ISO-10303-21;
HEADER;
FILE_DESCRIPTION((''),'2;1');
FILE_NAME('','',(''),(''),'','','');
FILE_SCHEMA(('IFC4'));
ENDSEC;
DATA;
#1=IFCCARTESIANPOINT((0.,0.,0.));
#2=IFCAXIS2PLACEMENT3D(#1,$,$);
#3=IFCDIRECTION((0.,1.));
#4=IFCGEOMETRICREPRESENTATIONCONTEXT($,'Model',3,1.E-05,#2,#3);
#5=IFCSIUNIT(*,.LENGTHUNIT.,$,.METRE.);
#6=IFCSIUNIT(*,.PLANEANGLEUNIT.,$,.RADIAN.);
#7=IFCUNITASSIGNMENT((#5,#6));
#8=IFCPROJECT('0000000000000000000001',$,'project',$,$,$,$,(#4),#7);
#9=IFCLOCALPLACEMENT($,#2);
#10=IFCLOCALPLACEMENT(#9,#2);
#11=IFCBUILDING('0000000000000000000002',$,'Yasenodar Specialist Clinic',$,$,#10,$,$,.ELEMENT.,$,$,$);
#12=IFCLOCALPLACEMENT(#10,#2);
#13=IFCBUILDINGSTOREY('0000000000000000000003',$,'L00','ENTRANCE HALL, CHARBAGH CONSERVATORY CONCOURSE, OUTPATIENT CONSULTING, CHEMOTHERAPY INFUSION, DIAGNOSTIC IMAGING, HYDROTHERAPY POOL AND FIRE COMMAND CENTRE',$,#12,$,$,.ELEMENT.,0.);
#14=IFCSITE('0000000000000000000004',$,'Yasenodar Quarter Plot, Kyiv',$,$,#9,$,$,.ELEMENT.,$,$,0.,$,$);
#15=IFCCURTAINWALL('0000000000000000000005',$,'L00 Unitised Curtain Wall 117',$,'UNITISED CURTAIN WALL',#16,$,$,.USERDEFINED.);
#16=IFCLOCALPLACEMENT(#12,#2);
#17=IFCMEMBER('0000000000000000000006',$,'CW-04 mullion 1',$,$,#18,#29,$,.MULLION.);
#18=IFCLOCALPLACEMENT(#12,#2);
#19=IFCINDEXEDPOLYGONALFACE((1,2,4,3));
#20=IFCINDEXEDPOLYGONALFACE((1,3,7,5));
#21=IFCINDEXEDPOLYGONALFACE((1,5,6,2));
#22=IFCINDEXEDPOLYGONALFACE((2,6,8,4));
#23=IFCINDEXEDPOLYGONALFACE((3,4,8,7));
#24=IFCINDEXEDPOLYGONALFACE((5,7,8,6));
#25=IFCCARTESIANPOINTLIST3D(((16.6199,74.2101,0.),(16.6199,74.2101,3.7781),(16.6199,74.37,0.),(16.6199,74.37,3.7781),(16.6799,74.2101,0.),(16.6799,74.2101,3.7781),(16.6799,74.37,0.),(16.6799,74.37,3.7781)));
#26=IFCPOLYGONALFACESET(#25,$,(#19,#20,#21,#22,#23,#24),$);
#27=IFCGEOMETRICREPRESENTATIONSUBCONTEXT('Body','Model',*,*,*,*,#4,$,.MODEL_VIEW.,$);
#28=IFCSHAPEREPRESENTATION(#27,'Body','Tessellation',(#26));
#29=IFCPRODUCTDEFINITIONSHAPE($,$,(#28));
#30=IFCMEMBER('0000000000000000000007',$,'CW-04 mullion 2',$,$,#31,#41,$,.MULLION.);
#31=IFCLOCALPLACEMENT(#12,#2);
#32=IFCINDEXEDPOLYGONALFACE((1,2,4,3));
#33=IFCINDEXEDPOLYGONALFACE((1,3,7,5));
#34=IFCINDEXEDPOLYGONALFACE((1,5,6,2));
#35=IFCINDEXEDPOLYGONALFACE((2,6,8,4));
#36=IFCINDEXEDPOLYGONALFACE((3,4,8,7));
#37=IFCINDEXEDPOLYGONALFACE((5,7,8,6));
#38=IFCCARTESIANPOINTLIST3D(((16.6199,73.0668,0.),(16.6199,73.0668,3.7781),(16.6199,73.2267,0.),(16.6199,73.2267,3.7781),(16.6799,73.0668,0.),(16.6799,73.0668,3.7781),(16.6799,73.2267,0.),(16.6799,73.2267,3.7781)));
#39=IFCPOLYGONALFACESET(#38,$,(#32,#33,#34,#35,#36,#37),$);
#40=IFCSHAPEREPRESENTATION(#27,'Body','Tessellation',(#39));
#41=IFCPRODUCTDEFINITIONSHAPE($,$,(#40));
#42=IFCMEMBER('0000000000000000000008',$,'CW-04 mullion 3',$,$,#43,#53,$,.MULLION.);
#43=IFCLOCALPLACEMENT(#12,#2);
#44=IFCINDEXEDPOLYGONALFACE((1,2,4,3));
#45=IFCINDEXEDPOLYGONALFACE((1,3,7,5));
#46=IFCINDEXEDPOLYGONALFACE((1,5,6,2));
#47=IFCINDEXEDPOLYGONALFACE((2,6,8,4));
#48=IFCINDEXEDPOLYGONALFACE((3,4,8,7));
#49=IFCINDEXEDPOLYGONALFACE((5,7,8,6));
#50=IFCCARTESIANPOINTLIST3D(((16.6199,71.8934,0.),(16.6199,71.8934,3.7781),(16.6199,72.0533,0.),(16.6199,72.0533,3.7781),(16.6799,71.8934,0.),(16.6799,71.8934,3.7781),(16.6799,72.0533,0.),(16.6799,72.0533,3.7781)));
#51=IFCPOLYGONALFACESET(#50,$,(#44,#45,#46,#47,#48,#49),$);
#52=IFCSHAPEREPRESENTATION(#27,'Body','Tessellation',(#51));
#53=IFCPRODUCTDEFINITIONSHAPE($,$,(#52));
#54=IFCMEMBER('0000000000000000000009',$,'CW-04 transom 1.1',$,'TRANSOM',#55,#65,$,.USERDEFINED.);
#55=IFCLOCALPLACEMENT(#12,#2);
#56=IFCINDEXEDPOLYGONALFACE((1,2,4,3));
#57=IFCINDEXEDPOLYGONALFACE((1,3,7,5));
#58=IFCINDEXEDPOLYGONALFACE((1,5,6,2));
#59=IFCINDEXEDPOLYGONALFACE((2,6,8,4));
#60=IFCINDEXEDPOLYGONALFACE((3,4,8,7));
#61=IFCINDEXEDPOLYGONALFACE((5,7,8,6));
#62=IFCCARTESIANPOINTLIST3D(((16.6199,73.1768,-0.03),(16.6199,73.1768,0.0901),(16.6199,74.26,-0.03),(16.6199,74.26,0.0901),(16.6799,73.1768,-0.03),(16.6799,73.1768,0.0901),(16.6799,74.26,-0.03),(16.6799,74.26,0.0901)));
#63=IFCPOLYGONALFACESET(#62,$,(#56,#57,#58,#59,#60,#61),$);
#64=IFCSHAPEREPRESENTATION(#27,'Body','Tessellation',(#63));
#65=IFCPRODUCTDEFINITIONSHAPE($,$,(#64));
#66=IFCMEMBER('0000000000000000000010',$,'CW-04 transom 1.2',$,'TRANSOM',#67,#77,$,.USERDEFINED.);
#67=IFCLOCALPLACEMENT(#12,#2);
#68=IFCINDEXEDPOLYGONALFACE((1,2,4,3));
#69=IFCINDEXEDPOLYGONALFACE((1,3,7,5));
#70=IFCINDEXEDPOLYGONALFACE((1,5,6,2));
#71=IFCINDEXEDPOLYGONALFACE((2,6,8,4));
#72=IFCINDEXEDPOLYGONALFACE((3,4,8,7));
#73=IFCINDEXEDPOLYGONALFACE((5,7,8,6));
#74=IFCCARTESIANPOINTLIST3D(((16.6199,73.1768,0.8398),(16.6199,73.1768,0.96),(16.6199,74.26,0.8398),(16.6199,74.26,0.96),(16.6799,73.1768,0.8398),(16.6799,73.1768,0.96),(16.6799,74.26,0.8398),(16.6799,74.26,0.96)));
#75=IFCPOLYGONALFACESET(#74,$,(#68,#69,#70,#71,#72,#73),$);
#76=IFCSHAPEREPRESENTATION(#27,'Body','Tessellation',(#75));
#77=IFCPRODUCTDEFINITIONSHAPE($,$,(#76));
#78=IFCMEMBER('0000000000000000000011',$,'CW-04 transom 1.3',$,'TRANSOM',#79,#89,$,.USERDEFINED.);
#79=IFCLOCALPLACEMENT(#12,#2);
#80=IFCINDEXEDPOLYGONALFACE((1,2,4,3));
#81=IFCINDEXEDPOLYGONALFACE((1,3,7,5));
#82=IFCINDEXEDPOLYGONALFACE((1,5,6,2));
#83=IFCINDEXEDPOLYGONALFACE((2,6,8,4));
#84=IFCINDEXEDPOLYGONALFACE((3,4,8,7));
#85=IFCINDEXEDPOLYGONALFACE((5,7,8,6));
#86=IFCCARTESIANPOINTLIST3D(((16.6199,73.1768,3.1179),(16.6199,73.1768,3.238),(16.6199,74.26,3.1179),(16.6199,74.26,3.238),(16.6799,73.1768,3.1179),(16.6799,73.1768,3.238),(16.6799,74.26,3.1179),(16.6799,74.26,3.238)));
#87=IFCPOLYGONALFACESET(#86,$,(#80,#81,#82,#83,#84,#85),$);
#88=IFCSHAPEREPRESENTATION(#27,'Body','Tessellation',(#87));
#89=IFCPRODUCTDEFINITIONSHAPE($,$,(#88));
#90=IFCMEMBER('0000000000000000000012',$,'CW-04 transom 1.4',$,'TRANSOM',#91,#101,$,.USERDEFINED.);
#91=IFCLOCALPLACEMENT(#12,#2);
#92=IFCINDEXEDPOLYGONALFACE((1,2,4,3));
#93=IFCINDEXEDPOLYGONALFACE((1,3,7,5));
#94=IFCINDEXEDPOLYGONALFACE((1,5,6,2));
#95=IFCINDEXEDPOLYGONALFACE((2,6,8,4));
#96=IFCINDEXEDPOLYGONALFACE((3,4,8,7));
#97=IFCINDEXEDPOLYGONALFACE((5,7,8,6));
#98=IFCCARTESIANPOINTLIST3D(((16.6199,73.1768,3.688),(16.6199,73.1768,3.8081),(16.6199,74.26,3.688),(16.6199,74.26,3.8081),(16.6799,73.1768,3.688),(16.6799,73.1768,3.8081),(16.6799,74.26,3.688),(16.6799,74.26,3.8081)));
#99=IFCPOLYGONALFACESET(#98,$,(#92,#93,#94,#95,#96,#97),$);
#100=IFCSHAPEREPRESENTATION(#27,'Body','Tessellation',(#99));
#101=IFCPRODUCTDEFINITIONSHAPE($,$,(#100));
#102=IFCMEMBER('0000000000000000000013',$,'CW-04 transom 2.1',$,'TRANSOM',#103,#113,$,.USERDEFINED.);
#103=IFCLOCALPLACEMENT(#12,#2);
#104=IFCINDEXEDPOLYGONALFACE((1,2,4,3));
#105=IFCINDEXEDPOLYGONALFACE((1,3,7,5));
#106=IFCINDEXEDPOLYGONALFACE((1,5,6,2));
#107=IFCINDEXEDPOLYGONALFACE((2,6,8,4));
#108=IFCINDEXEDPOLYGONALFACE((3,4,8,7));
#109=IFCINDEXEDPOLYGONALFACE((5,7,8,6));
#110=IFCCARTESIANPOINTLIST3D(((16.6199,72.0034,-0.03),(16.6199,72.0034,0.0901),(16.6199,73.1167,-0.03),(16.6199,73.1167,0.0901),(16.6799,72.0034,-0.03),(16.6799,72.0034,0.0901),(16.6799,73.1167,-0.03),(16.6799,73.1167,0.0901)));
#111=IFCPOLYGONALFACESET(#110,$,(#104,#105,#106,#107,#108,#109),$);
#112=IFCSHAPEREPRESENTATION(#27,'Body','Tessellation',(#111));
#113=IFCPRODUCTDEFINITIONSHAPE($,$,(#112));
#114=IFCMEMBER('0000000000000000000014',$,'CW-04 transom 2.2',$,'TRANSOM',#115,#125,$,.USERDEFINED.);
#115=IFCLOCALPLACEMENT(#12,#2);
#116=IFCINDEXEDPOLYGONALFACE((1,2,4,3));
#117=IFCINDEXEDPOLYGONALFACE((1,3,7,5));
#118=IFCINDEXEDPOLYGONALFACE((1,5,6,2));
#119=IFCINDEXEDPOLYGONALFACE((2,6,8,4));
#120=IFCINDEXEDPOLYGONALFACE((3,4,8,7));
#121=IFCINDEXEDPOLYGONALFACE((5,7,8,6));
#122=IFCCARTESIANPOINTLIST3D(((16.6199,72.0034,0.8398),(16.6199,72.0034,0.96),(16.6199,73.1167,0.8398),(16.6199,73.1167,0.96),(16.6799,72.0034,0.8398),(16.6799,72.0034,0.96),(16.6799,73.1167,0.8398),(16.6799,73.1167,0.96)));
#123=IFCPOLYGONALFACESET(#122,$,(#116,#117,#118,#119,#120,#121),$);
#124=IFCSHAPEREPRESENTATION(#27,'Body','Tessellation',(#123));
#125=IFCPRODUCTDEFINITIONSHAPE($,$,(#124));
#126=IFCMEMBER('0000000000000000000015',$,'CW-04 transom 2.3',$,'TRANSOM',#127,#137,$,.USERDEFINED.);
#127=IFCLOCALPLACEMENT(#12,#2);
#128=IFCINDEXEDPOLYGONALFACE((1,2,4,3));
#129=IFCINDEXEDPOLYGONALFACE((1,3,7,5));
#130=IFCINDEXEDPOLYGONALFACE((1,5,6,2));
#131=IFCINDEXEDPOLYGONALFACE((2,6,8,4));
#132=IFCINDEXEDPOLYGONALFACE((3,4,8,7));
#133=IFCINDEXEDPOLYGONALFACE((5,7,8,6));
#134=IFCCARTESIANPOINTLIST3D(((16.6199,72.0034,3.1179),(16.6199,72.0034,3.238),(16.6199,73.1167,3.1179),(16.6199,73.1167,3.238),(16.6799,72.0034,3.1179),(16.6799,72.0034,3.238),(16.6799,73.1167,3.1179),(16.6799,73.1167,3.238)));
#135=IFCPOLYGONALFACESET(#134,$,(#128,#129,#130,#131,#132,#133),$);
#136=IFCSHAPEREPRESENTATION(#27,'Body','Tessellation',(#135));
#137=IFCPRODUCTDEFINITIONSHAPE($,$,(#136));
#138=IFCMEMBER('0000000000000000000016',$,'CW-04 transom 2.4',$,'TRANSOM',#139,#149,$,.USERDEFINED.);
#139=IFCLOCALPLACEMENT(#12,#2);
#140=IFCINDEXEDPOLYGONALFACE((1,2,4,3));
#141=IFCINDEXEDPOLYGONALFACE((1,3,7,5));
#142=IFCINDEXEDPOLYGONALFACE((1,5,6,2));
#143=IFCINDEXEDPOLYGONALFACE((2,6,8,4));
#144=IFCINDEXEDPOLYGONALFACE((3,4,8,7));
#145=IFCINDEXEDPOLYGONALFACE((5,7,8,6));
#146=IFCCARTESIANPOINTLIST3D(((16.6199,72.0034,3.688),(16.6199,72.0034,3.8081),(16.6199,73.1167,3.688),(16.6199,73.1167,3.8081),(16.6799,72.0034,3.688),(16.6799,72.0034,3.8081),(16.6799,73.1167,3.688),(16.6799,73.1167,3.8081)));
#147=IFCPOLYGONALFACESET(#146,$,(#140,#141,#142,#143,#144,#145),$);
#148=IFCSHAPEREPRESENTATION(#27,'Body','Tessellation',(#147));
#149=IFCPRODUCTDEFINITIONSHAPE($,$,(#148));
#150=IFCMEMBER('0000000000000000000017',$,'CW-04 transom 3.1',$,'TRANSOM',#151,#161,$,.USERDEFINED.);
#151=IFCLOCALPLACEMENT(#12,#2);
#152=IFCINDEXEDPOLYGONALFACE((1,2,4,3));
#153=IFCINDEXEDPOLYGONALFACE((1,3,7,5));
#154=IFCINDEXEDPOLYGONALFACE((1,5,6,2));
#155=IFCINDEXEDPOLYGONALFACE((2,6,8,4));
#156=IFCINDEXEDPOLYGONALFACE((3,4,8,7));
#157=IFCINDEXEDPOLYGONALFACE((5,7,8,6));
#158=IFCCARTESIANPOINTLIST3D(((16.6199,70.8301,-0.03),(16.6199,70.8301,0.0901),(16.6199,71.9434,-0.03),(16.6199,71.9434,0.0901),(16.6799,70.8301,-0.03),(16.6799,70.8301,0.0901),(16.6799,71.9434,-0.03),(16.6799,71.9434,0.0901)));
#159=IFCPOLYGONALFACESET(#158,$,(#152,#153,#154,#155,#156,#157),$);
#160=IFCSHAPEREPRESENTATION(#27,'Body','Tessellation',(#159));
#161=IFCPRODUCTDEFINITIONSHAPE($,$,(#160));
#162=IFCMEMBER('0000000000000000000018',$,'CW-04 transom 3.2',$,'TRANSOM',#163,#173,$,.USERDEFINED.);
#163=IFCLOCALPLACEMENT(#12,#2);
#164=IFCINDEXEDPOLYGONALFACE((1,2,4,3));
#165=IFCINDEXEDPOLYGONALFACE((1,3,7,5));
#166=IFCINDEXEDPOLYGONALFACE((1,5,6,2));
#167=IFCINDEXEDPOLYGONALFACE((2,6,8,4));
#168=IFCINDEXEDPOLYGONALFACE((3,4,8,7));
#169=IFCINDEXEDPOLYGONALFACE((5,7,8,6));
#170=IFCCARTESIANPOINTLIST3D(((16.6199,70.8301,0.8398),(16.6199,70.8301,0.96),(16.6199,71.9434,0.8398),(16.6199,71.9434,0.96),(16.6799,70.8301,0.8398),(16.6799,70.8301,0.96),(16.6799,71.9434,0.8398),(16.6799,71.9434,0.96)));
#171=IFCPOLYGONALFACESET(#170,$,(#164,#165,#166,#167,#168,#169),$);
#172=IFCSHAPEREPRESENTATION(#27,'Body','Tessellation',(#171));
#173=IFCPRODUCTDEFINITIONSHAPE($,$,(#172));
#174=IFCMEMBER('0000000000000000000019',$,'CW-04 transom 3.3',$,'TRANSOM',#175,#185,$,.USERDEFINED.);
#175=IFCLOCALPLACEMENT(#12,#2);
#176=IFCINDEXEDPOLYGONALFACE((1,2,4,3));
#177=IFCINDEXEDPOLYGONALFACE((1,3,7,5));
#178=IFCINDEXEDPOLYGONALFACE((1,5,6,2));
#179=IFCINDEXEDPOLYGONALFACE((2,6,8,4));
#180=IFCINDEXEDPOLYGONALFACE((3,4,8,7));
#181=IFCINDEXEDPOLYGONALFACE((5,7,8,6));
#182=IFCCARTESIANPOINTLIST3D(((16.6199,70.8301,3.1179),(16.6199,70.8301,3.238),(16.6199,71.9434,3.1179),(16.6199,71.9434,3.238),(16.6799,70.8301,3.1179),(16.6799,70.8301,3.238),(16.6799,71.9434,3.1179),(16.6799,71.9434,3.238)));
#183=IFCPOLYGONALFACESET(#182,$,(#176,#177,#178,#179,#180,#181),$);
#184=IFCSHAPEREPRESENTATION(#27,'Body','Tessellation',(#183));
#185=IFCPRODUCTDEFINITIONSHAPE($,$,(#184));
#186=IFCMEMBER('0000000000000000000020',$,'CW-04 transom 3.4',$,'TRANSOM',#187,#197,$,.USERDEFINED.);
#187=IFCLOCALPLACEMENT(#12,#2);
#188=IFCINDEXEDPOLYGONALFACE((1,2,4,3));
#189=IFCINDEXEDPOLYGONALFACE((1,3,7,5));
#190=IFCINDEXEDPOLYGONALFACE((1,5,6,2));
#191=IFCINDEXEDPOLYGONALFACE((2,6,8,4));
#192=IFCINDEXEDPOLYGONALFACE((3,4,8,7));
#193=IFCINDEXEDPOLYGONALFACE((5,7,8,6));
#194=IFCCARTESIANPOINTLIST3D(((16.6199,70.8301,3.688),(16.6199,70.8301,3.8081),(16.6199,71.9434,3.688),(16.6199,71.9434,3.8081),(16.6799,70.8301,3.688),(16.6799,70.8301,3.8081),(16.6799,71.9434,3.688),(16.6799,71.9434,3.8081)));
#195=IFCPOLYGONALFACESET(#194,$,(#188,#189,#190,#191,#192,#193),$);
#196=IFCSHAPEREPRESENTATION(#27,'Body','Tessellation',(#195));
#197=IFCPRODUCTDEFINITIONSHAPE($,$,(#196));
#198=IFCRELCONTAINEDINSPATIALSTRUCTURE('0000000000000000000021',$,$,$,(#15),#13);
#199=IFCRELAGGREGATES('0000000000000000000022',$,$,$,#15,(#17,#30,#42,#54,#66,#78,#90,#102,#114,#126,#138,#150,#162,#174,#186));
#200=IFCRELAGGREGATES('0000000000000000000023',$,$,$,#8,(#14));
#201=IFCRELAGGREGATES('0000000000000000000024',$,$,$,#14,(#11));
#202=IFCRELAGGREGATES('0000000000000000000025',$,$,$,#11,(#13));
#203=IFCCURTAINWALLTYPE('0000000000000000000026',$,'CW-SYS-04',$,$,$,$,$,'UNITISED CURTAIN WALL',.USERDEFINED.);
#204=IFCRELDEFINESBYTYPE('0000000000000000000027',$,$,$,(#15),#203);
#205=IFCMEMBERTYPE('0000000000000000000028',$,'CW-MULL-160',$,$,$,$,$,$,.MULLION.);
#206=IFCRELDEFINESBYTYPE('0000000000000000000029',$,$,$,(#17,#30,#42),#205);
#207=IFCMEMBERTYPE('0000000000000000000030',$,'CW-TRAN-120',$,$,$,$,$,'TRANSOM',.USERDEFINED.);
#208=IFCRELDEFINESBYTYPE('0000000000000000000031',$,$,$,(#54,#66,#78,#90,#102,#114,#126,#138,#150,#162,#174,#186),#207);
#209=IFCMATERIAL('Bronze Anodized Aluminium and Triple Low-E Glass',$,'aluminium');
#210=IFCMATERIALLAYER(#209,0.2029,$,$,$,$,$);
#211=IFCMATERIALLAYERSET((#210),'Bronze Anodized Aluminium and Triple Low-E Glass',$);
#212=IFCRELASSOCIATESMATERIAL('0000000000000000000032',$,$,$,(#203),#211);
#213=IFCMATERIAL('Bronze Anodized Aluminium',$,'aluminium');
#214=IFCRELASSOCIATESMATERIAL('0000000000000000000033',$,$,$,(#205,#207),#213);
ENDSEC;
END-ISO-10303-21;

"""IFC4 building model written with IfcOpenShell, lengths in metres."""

from ifc_helpers import new_model, si_unit, direction, frame, origin, origin_2d, place, context, subcontext, project, spatial, rectangle, extrude, material, layer, layer_set, material_profile, profile_set, type_object, element, aggregate, save


model = new_model("IFC4")

# Units and contexts
model_context = context("Model", 3, precision=1e-05, world=origin(), true_north=direction((0.0, 1.0)))
body_context = subcontext(model_context, "Body", "Model", "MODEL_VIEW")
ifc_project = project(units=[si_unit("LENGTHUNIT", "METRE"), si_unit("PLANEANGLEUNIT", "RADIAN")], contexts=[model_context])

# Site, building, storey
site_placement = place(None, origin())
site = spatial("IfcSite", under=ifc_project, at=site_placement, Name="Yasenodar Quarter Plot, Kyiv", CompositionType="ELEMENT", RefElevation=0.0)
building_placement = place(site_placement, origin())
building = spatial("IfcBuilding", under=site, at=building_placement, Name="Yasenodar Specialist Clinic", CompositionType="ELEMENT")
storey_placement = place(building_placement, origin())
storey = spatial("IfcBuildingStorey", under=building, at=storey_placement, Name="L00", Description="ENTRANCE HALL, CHARBAGH CONSERVATORY CONCOURSE, OUTPATIENT CONSULTING, CHEMOTHERAPY INFUSION, DIAGNOSTIC IMAGING, HYDROTHERAPY POOL AND FIRE COMMAND CENTRE", CompositionType="ELEMENT", Elevation=0.0)

# Curtain wall, members
ifc_material_1 = material(Name="Bronze Anodized Aluminium and Triple Low-E Glass", Category="aluminium")
ifc_layer_1 = layer(ifc_material_1, 0.2029)
ifc_layer_set_1 = layer_set([ifc_layer_1], Name="Bronze Anodized Aluminium and Triple Low-E Glass")
curtain_wall_type = type_object("IfcCurtainWallType", Name="CW-SYS-04", ElementType="UNITISED CURTAIN WALL", PredefinedType="USERDEFINED", material=ifc_layer_set_1)
curtain_wall_placement = place(storey_placement, origin())
curtain_wall = element("IfcCurtainWall", 1, at=curtain_wall_placement, inside=storey, type_object=curtain_wall_type, Name="L00 Unitised Curtain Wall 117", ObjectType="UNITISED CURTAIN WALL", PredefinedType="USERDEFINED")
ifc_material_2 = material(Name="Bronze Anodized Aluminium", Category="aluminium")
ifc_material_profile_1 = material_profile(ifc_material_2, rectangle(XDim=0.0601, YDim=0.1599, at=origin_2d()), Name="CW-MULL 60x160")
ifc_profile_set_1 = profile_set([ifc_material_profile_1], Name="Bronze Anodized Aluminium")
member_type_1 = type_object("IfcMemberType", Name="CW-MULL-160", PredefinedType="MULLION", material=ifc_profile_set_1)
member_1_placement = place(storey_placement, frame((16.6499, 74.29, 0.0), z_axis=(0.0, 0.0, 1.0), x_axis=(1.0, 0.0, 0.0)))
member_1 = element("IfcMember", 2, at=member_1_placement, type_object=member_type_1, Name="CW-04 mullion 1", PredefinedType="MULLION", context=body_context, shape_type="SweptSolid", body=[
    extrude(rectangle(XDim=0.0601, YDim=0.1599, at=origin_2d()), origin(), (0.0, 0.0, 1.0), 3.7781),
])
member_2_placement = place(storey_placement, frame((16.6499, 73.1467, 0.0), z_axis=(0.0, 0.0, 1.0), x_axis=(1.0, 0.0, 0.0)))
member_2 = element("IfcMember", 3, at=member_2_placement, type_object=member_type_1, Name="CW-04 mullion 2", PredefinedType="MULLION", context=body_context, shape_type="SweptSolid", body=[
    extrude(rectangle(XDim=0.0601, YDim=0.1599, at=origin_2d()), origin(), (0.0, 0.0, 1.0), 3.7781),
])
member_3_placement = place(storey_placement, frame((16.6499, 71.9734, 0.0), z_axis=(0.0, 0.0, 1.0), x_axis=(1.0, 0.0, 0.0)))
member_3 = element("IfcMember", 4, at=member_3_placement, type_object=member_type_1, Name="CW-04 mullion 3", PredefinedType="MULLION", context=body_context, shape_type="SweptSolid", body=[
    extrude(rectangle(XDim=0.0601, YDim=0.1599, at=origin_2d()), origin(), (0.0, 0.0, 1.0), 3.7781),
])
ifc_material_profile_2 = material_profile(ifc_material_2, rectangle(XDim=0.0601, YDim=0.1201, at=origin_2d()), Name="CW-TRAN 60x120")
ifc_profile_set_2 = profile_set([ifc_material_profile_2], Name="Bronze Anodized Aluminium")
member_type_2 = type_object("IfcMemberType", Name="CW-TRAN-120", ElementType="TRANSOM", PredefinedType="USERDEFINED", material=ifc_profile_set_2)
member_4_placement = place(storey_placement, frame((16.6499, 74.26, 0.03), z_axis=(0.0, -1.0, 0.0), x_axis=(1.0, 0.0, 0.0)))
member_4 = element("IfcMember", 5, at=member_4_placement, type_object=member_type_2, Name="CW-04 transom 1.1", ObjectType="TRANSOM", PredefinedType="USERDEFINED", context=body_context, shape_type="SweptSolid", body=[
    extrude(rectangle(XDim=0.0601, YDim=0.1201, at=origin_2d()), origin(), (0.0, 0.0, 1.0), 1.0833),
])
member_5_placement = place(storey_placement, frame((16.6499, 74.26, 0.8999), z_axis=(0.0, -1.0, 0.0), x_axis=(1.0, 0.0, 0.0)))
member_5 = element("IfcMember", 6, at=member_5_placement, type_object=member_type_2, Name="CW-04 transom 1.2", ObjectType="TRANSOM", PredefinedType="USERDEFINED", context=body_context, shape_type="SweptSolid", body=[
    extrude(rectangle(XDim=0.0601, YDim=0.1201, at=origin_2d()), origin(), (0.0, 0.0, 1.0), 1.0833),
])
member_6_placement = place(storey_placement, frame((16.6499, 74.26, 3.178), z_axis=(0.0, -1.0, 0.0), x_axis=(1.0, 0.0, 0.0)))
member_6 = element("IfcMember", 7, at=member_6_placement, type_object=member_type_2, Name="CW-04 transom 1.3", ObjectType="TRANSOM", PredefinedType="USERDEFINED", context=body_context, shape_type="SweptSolid", body=[
    extrude(rectangle(XDim=0.0601, YDim=0.1201, at=origin_2d()), origin(), (0.0, 0.0, 1.0), 1.0833),
])
member_7_placement = place(storey_placement, frame((16.6499, 74.26, 3.748), z_axis=(0.0, -1.0, 0.0), x_axis=(1.0, 0.0, 0.0)))
member_7 = element("IfcMember", 8, at=member_7_placement, type_object=member_type_2, Name="CW-04 transom 1.4", ObjectType="TRANSOM", PredefinedType="USERDEFINED", context=body_context, shape_type="SweptSolid", body=[
    extrude(rectangle(XDim=0.0601, YDim=0.1201, at=origin_2d()), origin(), (0.0, 0.0, 1.0), 1.0833),
])
member_8_placement = place(storey_placement, frame((16.6499, 73.1167, 0.03), z_axis=(0.0, -1.0, 0.0), x_axis=(1.0, 0.0, 0.0)))
member_8 = element("IfcMember", 9, at=member_8_placement, type_object=member_type_2, Name="CW-04 transom 2.1", ObjectType="TRANSOM", PredefinedType="USERDEFINED", context=body_context, shape_type="SweptSolid", body=[
    extrude(rectangle(XDim=0.0601, YDim=0.1201, at=origin_2d()), origin(), (0.0, 0.0, 1.0), 1.1133),
])
member_9_placement = place(storey_placement, frame((16.6499, 73.1167, 0.8999), z_axis=(0.0, -1.0, 0.0), x_axis=(1.0, 0.0, 0.0)))
member_9 = element("IfcMember", 10, at=member_9_placement, type_object=member_type_2, Name="CW-04 transom 2.2", ObjectType="TRANSOM", PredefinedType="USERDEFINED", context=body_context, shape_type="SweptSolid", body=[
    extrude(rectangle(XDim=0.0601, YDim=0.1201, at=origin_2d()), origin(), (0.0, 0.0, 1.0), 1.1133),
])
member_10_placement = place(storey_placement, frame((16.6499, 73.1167, 3.178), z_axis=(0.0, -1.0, 0.0), x_axis=(1.0, 0.0, 0.0)))
member_10 = element("IfcMember", 11, at=member_10_placement, type_object=member_type_2, Name="CW-04 transom 2.3", ObjectType="TRANSOM", PredefinedType="USERDEFINED", context=body_context, shape_type="SweptSolid", body=[
    extrude(rectangle(XDim=0.0601, YDim=0.1201, at=origin_2d()), origin(), (0.0, 0.0, 1.0), 1.1133),
])
member_11_placement = place(storey_placement, frame((16.6499, 73.1167, 3.748), z_axis=(0.0, -1.0, 0.0), x_axis=(1.0, 0.0, 0.0)))
member_11 = element("IfcMember", 12, at=member_11_placement, type_object=member_type_2, Name="CW-04 transom 2.4", ObjectType="TRANSOM", PredefinedType="USERDEFINED", context=body_context, shape_type="SweptSolid", body=[
    extrude(rectangle(XDim=0.0601, YDim=0.1201, at=origin_2d()), origin(), (0.0, 0.0, 1.0), 1.1133),
])
member_12_placement = place(storey_placement, frame((16.6499, 71.9434, 0.03), z_axis=(0.0, -1.0, 0.0), x_axis=(1.0, 0.0, 0.0)))
member_12 = element("IfcMember", 13, at=member_12_placement, type_object=member_type_2, Name="CW-04 transom 3.1", ObjectType="TRANSOM", PredefinedType="USERDEFINED", context=body_context, shape_type="SweptSolid", body=[
    extrude(rectangle(XDim=0.0601, YDim=0.1201, at=origin_2d()), origin(), (0.0, 0.0, 1.0), 1.1133),
])
member_13_placement = place(storey_placement, frame((16.6499, 71.9434, 0.8999), z_axis=(0.0, -1.0, 0.0), x_axis=(1.0, 0.0, 0.0)))
member_13 = element("IfcMember", 14, at=member_13_placement, type_object=member_type_2, Name="CW-04 transom 3.2", ObjectType="TRANSOM", PredefinedType="USERDEFINED", context=body_context, shape_type="SweptSolid", body=[
    extrude(rectangle(XDim=0.0601, YDim=0.1201, at=origin_2d()), origin(), (0.0, 0.0, 1.0), 1.1133),
])
member_14_placement = place(storey_placement, frame((16.6499, 71.9434, 3.178), z_axis=(0.0, -1.0, 0.0), x_axis=(1.0, 0.0, 0.0)))
member_14 = element("IfcMember", 15, at=member_14_placement, type_object=member_type_2, Name="CW-04 transom 3.3", ObjectType="TRANSOM", PredefinedType="USERDEFINED", context=body_context, shape_type="SweptSolid", body=[
    extrude(rectangle(XDim=0.0601, YDim=0.1201, at=origin_2d()), origin(), (0.0, 0.0, 1.0), 1.1133),
])
member_15_placement = place(storey_placement, frame((16.6499, 71.9434, 3.748), z_axis=(0.0, -1.0, 0.0), x_axis=(1.0, 0.0, 0.0)))
member_15 = element("IfcMember", 16, at=member_15_placement, type_object=member_type_2, Name="CW-04 transom 3.4", ObjectType="TRANSOM", PredefinedType="USERDEFINED", context=body_context, shape_type="SweptSolid", body=[
    extrude(rectangle(XDim=0.0601, YDim=0.1201, at=origin_2d()), origin(), (0.0, 0.0, 1.0), 1.1133),
])
aggregate(curtain_wall, [member_1, member_2, member_3, member_4, member_5, member_6, member_7, member_8, member_9, member_10, member_11, member_12, member_13, member_14, member_15])

save(model, "model.ifc")
